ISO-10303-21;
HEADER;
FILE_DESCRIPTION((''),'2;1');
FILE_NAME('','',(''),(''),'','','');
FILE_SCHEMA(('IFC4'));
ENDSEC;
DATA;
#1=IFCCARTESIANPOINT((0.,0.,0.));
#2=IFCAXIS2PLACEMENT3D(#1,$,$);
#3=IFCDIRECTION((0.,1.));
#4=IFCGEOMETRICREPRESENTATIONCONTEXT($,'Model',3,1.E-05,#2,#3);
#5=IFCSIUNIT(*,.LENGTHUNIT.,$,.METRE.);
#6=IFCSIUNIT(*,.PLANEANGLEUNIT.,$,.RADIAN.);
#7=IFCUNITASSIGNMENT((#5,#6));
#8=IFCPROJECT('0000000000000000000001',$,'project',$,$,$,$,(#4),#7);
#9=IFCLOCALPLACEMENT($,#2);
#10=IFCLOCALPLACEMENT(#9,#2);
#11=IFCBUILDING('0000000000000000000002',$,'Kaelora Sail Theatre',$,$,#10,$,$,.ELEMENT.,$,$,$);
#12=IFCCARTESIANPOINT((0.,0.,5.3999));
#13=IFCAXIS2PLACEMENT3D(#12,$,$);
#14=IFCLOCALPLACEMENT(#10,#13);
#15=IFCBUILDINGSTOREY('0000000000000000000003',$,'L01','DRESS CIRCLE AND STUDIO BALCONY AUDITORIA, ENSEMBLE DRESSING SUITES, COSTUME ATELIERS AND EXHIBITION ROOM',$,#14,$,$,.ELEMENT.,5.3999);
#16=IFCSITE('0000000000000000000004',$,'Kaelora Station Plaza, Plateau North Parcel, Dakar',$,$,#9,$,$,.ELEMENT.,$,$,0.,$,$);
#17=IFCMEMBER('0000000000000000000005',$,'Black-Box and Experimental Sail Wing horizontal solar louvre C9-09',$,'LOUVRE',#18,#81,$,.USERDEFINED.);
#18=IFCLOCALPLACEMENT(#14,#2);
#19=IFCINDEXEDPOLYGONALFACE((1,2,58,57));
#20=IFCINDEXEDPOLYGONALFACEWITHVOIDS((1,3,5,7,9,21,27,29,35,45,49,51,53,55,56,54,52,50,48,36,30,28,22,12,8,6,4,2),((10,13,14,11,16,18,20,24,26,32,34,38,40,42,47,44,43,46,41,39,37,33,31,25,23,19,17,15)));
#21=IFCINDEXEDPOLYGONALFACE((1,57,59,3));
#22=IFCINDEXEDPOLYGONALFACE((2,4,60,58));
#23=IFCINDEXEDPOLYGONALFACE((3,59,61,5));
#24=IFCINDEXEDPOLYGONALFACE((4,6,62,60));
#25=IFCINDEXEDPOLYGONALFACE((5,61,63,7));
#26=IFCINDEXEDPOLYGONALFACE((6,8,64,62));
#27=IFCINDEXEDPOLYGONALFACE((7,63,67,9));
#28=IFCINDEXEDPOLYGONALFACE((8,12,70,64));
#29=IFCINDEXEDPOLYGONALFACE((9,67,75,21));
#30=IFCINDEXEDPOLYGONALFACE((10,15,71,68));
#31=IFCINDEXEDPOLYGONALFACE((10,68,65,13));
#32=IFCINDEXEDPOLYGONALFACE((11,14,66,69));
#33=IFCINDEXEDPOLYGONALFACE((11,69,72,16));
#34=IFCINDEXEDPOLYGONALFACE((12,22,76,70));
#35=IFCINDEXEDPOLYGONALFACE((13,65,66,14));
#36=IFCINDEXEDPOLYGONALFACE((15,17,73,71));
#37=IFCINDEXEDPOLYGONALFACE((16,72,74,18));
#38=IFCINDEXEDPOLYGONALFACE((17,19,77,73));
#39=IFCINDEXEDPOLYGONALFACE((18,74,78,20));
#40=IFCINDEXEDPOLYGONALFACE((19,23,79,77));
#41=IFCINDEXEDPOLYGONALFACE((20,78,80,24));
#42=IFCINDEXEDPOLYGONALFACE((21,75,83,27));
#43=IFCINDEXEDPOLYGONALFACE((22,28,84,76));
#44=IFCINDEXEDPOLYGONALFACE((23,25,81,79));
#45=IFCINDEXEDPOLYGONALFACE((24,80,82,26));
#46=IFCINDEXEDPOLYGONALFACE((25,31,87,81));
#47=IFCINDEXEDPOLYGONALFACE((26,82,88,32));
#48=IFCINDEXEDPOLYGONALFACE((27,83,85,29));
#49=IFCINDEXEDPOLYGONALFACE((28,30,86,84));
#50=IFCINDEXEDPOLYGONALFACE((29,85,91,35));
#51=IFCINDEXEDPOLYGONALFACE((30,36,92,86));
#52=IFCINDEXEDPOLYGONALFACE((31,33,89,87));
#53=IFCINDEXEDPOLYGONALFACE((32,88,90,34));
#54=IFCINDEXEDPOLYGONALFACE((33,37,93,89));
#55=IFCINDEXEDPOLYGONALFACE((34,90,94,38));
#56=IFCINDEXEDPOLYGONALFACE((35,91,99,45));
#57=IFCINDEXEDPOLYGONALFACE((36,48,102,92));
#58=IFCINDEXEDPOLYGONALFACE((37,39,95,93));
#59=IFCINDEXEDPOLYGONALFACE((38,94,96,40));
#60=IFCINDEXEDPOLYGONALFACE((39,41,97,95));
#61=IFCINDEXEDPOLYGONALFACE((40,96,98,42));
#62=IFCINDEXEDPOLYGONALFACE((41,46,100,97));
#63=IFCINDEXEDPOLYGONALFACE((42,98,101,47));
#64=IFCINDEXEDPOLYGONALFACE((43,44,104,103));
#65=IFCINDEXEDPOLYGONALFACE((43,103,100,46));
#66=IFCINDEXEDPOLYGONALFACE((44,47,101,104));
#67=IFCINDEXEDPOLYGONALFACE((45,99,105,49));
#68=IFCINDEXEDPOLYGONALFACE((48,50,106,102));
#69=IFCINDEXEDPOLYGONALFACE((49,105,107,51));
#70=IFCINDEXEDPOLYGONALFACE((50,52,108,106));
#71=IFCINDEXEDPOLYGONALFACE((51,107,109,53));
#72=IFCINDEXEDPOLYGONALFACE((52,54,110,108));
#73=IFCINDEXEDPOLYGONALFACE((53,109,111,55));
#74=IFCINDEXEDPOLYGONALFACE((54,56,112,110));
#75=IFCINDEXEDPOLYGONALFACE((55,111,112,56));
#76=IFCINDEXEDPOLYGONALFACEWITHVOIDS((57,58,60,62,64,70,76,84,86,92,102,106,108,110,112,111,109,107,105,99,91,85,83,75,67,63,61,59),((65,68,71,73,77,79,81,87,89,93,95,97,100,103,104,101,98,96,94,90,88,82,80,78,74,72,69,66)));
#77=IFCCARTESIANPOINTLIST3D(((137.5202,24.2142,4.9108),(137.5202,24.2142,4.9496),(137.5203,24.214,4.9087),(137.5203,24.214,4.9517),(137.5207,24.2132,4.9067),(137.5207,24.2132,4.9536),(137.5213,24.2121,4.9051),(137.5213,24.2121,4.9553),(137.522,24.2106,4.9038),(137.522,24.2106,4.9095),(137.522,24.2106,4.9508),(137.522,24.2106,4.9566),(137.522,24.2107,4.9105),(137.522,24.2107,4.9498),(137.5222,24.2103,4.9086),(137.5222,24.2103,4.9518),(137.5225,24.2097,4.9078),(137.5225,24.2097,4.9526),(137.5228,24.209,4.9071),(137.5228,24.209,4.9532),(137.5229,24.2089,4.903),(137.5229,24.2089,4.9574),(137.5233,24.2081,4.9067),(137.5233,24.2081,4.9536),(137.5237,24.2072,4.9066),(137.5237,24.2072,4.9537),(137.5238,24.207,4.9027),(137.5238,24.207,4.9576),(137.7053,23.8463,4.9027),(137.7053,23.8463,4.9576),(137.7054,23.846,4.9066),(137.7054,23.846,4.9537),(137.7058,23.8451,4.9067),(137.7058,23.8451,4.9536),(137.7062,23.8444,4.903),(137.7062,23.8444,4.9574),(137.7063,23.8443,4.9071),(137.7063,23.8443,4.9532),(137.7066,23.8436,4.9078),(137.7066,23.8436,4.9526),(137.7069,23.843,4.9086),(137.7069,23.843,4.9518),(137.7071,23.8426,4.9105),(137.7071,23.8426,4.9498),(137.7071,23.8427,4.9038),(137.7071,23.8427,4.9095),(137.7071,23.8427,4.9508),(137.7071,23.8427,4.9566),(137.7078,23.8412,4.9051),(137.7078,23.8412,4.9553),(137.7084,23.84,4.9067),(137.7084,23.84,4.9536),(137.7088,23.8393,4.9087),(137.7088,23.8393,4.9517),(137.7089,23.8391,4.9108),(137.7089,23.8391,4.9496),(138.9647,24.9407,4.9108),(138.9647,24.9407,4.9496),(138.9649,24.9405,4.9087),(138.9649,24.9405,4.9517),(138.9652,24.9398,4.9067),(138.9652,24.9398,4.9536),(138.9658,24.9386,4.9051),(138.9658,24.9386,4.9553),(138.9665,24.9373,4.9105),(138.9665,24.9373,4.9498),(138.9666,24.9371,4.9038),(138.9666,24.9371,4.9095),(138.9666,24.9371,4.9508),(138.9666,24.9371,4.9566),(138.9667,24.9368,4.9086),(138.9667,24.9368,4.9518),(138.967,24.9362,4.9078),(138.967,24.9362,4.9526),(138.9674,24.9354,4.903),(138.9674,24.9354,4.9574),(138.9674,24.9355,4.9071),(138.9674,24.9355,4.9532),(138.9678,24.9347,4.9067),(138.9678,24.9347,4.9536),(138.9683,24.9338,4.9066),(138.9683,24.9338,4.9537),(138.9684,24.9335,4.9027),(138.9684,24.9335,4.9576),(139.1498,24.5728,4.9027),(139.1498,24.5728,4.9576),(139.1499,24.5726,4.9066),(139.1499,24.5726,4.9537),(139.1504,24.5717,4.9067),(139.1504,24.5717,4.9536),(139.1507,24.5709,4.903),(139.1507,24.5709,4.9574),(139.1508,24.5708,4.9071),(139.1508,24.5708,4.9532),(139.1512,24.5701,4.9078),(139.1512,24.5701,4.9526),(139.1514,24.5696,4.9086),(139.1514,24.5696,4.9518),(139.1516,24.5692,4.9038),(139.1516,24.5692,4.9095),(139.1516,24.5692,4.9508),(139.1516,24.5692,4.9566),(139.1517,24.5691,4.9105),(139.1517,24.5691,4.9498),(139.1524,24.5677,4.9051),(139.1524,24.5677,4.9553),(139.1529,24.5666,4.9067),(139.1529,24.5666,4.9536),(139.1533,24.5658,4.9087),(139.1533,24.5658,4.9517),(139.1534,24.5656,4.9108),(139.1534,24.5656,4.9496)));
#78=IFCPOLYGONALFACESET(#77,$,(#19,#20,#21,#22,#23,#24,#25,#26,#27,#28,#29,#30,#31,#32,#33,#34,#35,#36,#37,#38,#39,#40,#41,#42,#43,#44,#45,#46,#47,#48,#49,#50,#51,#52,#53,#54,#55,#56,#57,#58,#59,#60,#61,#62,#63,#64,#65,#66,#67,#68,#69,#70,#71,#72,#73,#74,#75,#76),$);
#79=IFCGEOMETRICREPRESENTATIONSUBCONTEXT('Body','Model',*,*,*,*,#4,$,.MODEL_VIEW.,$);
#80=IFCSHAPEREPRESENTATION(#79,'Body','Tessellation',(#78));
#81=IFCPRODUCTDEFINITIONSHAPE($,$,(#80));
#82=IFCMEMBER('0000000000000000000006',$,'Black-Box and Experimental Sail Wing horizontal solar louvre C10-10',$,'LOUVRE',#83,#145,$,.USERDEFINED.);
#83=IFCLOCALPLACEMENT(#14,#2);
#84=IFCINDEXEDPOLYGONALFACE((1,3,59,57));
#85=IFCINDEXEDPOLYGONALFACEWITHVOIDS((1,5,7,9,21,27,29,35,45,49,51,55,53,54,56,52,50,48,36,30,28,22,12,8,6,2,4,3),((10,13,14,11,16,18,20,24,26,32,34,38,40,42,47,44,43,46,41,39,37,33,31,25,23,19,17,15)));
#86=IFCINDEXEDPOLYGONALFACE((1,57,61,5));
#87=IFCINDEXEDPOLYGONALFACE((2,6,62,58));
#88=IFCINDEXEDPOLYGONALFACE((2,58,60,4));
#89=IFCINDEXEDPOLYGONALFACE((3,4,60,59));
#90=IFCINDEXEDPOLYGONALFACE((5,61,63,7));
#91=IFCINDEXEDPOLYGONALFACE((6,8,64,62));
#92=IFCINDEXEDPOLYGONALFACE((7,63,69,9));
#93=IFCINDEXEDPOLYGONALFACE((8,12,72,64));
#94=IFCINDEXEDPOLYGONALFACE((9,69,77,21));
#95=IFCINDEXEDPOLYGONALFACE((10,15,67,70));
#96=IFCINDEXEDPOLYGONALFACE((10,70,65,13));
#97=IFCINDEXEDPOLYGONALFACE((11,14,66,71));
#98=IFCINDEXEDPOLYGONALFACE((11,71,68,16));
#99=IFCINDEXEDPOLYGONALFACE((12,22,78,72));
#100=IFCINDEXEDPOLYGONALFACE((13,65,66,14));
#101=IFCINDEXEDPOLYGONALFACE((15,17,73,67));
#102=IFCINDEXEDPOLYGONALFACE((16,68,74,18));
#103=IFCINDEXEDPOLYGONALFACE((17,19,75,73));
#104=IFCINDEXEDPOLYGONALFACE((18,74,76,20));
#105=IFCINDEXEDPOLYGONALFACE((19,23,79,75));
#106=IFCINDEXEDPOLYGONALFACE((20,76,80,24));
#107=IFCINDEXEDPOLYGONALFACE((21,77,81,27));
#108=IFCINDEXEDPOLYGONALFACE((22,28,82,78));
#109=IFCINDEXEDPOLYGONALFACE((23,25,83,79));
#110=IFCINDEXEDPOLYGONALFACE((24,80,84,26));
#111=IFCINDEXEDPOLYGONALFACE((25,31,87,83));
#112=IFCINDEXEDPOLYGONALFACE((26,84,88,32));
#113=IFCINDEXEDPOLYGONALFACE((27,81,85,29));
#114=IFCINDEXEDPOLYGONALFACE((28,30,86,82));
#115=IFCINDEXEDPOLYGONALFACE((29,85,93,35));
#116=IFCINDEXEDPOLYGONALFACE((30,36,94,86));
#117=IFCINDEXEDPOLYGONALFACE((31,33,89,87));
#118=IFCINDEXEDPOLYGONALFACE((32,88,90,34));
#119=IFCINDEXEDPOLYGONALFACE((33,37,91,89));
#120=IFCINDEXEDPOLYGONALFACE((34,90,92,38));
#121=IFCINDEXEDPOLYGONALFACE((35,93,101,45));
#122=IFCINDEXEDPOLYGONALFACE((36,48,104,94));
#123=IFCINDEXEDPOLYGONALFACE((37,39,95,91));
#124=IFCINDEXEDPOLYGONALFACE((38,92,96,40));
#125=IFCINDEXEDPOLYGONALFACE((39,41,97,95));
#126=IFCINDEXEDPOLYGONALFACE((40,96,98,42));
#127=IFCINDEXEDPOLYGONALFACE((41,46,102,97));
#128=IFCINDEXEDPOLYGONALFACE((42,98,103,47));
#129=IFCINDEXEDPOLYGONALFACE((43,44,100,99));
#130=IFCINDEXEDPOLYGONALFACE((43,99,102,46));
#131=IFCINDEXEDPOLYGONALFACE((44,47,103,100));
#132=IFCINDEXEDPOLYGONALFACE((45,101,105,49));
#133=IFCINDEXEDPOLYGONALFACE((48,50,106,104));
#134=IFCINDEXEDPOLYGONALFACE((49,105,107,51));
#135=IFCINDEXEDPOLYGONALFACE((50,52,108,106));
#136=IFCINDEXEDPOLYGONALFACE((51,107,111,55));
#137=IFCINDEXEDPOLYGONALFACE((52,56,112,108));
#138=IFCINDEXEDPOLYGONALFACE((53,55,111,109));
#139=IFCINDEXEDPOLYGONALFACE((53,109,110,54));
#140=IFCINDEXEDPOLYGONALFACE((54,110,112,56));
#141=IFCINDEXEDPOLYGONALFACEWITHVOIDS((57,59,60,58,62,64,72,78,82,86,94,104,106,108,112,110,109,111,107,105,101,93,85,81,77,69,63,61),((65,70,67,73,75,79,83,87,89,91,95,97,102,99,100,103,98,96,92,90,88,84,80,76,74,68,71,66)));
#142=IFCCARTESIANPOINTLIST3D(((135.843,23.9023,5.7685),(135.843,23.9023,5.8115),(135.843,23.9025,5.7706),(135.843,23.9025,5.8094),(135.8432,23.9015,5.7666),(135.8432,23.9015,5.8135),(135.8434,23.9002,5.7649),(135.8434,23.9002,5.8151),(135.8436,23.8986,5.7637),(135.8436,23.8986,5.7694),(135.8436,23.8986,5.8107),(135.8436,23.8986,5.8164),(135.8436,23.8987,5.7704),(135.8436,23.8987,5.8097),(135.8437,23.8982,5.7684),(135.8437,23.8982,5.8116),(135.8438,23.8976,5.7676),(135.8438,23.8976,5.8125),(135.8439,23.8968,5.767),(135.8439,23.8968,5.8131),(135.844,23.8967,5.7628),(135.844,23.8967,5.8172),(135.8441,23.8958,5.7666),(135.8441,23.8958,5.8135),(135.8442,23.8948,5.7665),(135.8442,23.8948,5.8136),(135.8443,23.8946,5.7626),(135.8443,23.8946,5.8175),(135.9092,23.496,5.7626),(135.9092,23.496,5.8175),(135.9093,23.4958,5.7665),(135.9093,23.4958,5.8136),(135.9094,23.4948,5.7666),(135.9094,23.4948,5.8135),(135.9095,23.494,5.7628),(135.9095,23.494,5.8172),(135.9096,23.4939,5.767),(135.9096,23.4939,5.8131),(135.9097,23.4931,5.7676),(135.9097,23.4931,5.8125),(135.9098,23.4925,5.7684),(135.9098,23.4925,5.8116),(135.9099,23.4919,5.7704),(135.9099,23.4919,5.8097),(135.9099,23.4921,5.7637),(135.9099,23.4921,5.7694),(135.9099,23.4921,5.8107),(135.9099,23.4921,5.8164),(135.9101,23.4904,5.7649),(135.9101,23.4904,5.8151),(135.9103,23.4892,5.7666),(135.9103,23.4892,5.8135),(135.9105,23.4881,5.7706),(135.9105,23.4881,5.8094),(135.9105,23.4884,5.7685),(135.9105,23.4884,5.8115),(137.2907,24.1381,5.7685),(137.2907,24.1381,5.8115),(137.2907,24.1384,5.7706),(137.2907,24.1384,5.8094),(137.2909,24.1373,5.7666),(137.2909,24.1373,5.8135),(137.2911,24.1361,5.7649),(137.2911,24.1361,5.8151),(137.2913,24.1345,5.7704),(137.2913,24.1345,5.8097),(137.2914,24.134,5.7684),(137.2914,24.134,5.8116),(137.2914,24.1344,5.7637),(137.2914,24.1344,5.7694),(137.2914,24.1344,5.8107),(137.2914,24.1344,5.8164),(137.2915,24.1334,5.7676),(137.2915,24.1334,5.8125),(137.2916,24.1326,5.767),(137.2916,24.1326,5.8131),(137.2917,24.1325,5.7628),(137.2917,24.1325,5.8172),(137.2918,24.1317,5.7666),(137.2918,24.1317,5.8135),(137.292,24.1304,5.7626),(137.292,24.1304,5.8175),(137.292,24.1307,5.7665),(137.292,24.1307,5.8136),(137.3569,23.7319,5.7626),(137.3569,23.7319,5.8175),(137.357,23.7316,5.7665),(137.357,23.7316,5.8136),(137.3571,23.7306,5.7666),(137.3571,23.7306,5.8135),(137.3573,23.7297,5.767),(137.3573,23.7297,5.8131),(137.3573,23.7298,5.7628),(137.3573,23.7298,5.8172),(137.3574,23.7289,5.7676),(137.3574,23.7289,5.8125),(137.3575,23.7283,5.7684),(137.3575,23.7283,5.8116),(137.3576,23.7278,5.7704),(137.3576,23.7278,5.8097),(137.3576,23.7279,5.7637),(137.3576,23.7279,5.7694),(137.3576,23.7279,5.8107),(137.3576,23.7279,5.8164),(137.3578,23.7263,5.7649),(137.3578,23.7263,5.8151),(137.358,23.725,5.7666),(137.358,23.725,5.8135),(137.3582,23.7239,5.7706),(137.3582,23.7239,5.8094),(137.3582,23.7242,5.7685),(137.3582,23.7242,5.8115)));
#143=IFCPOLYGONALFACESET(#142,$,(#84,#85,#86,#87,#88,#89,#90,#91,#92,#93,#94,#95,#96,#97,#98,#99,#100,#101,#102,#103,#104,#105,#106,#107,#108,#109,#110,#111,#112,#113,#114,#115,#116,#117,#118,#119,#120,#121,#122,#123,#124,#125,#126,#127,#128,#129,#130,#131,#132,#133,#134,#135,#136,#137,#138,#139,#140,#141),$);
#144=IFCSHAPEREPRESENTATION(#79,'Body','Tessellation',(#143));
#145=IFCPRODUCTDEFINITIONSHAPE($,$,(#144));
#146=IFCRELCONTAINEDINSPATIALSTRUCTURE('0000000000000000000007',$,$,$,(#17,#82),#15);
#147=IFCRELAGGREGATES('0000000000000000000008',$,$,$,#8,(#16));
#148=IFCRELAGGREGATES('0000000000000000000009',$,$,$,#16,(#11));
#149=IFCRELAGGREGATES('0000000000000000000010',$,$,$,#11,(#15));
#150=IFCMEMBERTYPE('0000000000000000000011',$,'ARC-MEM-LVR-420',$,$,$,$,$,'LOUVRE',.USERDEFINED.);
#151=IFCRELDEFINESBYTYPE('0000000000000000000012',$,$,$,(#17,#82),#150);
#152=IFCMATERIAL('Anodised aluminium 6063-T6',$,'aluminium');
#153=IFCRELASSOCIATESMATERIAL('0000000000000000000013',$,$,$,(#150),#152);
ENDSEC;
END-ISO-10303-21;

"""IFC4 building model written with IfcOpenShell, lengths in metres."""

from ifc_helpers import new_model, si_unit, direction, frame, origin, origin_2d, place, context, subcontext, project, spatial, hollow_rectangle, extrude, material, material_profile, profile_set, type_object, element, save


model = new_model("IFC4")

# Units and contexts
model_context = context("Model", 3, precision=1e-05, world=origin(), true_north=direction((0.0, 1.0)))
body_context = subcontext(model_context, "Body", "Model", "MODEL_VIEW")
ifc_project = project(units=[si_unit("LENGTHUNIT", "METRE"), si_unit("PLANEANGLEUNIT", "RADIAN")], contexts=[model_context])

# Site, building, storey
site_placement = place(None, origin())
site = spatial("IfcSite", under=ifc_project, at=site_placement, Name="Kaelora Station Plaza, Plateau North Parcel, Dakar", CompositionType="ELEMENT", RefElevation=0.0)
building_placement = place(site_placement, origin())
building = spatial("IfcBuilding", under=site, at=building_placement, Name="Kaelora Sail Theatre", CompositionType="ELEMENT")
storey_placement = place(building_placement, frame((0.0, 0.0, 5.3999)))
storey = spatial("IfcBuildingStorey", under=building, at=storey_placement, Name="L01", Description="DRESS CIRCLE AND STUDIO BALCONY AUDITORIA, ENSEMBLE DRESSING SUITES, COSTUME ATELIERS AND EXHIBITION ROOM", CompositionType="ELEMENT", Elevation=5.3999)

# Members
ifc_material = material(Name="Anodised aluminium 6063-T6", Category="aluminium")
ifc_material_profile = material_profile(ifc_material, hollow_rectangle(XDim=0.4199, YDim=0.0549, WallThickness=0.0039, InnerFilletRadius=0.0039, OuterFilletRadius=0.0081, at=origin_2d()), Name="LOUVRE 420x55x4")
ifc_profile_set = profile_set([ifc_material_profile], Name="Anodised aluminium 6063-T6")
member_type = type_object("IfcMemberType", Name="ARC-MEM-LVR-420", ElementType="LOUVRE", PredefinedType="USERDEFINED", material=ifc_profile_set)
member_placement = place(storey_placement, frame((139.0591, 24.7532, 4.9302), z_axis=(-0.893368, -0.449326, 0.0), x_axis=(0.449326, -0.893368, 0.0)))
element("IfcMember", 1, at=member_placement, inside=storey, type_object=member_type, Name="Black-Box and Experimental Sail Wing horizontal solar louvre C9-09", ObjectType="LOUVRE", PredefinedType="USERDEFINED", context=body_context, shape_type="SweptSolid", body=[
    extrude(hollow_rectangle(XDim=0.4199, YDim=0.0549, WallThickness=0.0039, InnerFilletRadius=0.0039, OuterFilletRadius=0.0081, at=origin_2d()), origin(), (0.0, 0.0, 1.0), 1.6169),
])
for number, where, z_axis, x_axis, name in (
    (2, (137.3245, 23.9312, 5.79), (-0.98699, -0.160781, 0.0), (0.160781, -0.98699, 0.0), "Black-Box and Experimental Sail Wing horizontal solar louvre C10-10"),
):
    element("IfcMember", number, at=place(storey_placement, frame(where, z_axis=z_axis, x_axis=x_axis)), inside=storey, type_object=member_type, Name=name, ObjectType="LOUVRE", PredefinedType="USERDEFINED", context=body_context, shape_type="SweptSolid", body=[
        extrude(hollow_rectangle(XDim=0.4199, YDim=0.0549, WallThickness=0.0039, InnerFilletRadius=0.0039, OuterFilletRadius=0.0081, at=origin_2d()), origin(), (0.0, 0.0, 1.0), 1.4668),
    ])

save(model, "model.ifc")
